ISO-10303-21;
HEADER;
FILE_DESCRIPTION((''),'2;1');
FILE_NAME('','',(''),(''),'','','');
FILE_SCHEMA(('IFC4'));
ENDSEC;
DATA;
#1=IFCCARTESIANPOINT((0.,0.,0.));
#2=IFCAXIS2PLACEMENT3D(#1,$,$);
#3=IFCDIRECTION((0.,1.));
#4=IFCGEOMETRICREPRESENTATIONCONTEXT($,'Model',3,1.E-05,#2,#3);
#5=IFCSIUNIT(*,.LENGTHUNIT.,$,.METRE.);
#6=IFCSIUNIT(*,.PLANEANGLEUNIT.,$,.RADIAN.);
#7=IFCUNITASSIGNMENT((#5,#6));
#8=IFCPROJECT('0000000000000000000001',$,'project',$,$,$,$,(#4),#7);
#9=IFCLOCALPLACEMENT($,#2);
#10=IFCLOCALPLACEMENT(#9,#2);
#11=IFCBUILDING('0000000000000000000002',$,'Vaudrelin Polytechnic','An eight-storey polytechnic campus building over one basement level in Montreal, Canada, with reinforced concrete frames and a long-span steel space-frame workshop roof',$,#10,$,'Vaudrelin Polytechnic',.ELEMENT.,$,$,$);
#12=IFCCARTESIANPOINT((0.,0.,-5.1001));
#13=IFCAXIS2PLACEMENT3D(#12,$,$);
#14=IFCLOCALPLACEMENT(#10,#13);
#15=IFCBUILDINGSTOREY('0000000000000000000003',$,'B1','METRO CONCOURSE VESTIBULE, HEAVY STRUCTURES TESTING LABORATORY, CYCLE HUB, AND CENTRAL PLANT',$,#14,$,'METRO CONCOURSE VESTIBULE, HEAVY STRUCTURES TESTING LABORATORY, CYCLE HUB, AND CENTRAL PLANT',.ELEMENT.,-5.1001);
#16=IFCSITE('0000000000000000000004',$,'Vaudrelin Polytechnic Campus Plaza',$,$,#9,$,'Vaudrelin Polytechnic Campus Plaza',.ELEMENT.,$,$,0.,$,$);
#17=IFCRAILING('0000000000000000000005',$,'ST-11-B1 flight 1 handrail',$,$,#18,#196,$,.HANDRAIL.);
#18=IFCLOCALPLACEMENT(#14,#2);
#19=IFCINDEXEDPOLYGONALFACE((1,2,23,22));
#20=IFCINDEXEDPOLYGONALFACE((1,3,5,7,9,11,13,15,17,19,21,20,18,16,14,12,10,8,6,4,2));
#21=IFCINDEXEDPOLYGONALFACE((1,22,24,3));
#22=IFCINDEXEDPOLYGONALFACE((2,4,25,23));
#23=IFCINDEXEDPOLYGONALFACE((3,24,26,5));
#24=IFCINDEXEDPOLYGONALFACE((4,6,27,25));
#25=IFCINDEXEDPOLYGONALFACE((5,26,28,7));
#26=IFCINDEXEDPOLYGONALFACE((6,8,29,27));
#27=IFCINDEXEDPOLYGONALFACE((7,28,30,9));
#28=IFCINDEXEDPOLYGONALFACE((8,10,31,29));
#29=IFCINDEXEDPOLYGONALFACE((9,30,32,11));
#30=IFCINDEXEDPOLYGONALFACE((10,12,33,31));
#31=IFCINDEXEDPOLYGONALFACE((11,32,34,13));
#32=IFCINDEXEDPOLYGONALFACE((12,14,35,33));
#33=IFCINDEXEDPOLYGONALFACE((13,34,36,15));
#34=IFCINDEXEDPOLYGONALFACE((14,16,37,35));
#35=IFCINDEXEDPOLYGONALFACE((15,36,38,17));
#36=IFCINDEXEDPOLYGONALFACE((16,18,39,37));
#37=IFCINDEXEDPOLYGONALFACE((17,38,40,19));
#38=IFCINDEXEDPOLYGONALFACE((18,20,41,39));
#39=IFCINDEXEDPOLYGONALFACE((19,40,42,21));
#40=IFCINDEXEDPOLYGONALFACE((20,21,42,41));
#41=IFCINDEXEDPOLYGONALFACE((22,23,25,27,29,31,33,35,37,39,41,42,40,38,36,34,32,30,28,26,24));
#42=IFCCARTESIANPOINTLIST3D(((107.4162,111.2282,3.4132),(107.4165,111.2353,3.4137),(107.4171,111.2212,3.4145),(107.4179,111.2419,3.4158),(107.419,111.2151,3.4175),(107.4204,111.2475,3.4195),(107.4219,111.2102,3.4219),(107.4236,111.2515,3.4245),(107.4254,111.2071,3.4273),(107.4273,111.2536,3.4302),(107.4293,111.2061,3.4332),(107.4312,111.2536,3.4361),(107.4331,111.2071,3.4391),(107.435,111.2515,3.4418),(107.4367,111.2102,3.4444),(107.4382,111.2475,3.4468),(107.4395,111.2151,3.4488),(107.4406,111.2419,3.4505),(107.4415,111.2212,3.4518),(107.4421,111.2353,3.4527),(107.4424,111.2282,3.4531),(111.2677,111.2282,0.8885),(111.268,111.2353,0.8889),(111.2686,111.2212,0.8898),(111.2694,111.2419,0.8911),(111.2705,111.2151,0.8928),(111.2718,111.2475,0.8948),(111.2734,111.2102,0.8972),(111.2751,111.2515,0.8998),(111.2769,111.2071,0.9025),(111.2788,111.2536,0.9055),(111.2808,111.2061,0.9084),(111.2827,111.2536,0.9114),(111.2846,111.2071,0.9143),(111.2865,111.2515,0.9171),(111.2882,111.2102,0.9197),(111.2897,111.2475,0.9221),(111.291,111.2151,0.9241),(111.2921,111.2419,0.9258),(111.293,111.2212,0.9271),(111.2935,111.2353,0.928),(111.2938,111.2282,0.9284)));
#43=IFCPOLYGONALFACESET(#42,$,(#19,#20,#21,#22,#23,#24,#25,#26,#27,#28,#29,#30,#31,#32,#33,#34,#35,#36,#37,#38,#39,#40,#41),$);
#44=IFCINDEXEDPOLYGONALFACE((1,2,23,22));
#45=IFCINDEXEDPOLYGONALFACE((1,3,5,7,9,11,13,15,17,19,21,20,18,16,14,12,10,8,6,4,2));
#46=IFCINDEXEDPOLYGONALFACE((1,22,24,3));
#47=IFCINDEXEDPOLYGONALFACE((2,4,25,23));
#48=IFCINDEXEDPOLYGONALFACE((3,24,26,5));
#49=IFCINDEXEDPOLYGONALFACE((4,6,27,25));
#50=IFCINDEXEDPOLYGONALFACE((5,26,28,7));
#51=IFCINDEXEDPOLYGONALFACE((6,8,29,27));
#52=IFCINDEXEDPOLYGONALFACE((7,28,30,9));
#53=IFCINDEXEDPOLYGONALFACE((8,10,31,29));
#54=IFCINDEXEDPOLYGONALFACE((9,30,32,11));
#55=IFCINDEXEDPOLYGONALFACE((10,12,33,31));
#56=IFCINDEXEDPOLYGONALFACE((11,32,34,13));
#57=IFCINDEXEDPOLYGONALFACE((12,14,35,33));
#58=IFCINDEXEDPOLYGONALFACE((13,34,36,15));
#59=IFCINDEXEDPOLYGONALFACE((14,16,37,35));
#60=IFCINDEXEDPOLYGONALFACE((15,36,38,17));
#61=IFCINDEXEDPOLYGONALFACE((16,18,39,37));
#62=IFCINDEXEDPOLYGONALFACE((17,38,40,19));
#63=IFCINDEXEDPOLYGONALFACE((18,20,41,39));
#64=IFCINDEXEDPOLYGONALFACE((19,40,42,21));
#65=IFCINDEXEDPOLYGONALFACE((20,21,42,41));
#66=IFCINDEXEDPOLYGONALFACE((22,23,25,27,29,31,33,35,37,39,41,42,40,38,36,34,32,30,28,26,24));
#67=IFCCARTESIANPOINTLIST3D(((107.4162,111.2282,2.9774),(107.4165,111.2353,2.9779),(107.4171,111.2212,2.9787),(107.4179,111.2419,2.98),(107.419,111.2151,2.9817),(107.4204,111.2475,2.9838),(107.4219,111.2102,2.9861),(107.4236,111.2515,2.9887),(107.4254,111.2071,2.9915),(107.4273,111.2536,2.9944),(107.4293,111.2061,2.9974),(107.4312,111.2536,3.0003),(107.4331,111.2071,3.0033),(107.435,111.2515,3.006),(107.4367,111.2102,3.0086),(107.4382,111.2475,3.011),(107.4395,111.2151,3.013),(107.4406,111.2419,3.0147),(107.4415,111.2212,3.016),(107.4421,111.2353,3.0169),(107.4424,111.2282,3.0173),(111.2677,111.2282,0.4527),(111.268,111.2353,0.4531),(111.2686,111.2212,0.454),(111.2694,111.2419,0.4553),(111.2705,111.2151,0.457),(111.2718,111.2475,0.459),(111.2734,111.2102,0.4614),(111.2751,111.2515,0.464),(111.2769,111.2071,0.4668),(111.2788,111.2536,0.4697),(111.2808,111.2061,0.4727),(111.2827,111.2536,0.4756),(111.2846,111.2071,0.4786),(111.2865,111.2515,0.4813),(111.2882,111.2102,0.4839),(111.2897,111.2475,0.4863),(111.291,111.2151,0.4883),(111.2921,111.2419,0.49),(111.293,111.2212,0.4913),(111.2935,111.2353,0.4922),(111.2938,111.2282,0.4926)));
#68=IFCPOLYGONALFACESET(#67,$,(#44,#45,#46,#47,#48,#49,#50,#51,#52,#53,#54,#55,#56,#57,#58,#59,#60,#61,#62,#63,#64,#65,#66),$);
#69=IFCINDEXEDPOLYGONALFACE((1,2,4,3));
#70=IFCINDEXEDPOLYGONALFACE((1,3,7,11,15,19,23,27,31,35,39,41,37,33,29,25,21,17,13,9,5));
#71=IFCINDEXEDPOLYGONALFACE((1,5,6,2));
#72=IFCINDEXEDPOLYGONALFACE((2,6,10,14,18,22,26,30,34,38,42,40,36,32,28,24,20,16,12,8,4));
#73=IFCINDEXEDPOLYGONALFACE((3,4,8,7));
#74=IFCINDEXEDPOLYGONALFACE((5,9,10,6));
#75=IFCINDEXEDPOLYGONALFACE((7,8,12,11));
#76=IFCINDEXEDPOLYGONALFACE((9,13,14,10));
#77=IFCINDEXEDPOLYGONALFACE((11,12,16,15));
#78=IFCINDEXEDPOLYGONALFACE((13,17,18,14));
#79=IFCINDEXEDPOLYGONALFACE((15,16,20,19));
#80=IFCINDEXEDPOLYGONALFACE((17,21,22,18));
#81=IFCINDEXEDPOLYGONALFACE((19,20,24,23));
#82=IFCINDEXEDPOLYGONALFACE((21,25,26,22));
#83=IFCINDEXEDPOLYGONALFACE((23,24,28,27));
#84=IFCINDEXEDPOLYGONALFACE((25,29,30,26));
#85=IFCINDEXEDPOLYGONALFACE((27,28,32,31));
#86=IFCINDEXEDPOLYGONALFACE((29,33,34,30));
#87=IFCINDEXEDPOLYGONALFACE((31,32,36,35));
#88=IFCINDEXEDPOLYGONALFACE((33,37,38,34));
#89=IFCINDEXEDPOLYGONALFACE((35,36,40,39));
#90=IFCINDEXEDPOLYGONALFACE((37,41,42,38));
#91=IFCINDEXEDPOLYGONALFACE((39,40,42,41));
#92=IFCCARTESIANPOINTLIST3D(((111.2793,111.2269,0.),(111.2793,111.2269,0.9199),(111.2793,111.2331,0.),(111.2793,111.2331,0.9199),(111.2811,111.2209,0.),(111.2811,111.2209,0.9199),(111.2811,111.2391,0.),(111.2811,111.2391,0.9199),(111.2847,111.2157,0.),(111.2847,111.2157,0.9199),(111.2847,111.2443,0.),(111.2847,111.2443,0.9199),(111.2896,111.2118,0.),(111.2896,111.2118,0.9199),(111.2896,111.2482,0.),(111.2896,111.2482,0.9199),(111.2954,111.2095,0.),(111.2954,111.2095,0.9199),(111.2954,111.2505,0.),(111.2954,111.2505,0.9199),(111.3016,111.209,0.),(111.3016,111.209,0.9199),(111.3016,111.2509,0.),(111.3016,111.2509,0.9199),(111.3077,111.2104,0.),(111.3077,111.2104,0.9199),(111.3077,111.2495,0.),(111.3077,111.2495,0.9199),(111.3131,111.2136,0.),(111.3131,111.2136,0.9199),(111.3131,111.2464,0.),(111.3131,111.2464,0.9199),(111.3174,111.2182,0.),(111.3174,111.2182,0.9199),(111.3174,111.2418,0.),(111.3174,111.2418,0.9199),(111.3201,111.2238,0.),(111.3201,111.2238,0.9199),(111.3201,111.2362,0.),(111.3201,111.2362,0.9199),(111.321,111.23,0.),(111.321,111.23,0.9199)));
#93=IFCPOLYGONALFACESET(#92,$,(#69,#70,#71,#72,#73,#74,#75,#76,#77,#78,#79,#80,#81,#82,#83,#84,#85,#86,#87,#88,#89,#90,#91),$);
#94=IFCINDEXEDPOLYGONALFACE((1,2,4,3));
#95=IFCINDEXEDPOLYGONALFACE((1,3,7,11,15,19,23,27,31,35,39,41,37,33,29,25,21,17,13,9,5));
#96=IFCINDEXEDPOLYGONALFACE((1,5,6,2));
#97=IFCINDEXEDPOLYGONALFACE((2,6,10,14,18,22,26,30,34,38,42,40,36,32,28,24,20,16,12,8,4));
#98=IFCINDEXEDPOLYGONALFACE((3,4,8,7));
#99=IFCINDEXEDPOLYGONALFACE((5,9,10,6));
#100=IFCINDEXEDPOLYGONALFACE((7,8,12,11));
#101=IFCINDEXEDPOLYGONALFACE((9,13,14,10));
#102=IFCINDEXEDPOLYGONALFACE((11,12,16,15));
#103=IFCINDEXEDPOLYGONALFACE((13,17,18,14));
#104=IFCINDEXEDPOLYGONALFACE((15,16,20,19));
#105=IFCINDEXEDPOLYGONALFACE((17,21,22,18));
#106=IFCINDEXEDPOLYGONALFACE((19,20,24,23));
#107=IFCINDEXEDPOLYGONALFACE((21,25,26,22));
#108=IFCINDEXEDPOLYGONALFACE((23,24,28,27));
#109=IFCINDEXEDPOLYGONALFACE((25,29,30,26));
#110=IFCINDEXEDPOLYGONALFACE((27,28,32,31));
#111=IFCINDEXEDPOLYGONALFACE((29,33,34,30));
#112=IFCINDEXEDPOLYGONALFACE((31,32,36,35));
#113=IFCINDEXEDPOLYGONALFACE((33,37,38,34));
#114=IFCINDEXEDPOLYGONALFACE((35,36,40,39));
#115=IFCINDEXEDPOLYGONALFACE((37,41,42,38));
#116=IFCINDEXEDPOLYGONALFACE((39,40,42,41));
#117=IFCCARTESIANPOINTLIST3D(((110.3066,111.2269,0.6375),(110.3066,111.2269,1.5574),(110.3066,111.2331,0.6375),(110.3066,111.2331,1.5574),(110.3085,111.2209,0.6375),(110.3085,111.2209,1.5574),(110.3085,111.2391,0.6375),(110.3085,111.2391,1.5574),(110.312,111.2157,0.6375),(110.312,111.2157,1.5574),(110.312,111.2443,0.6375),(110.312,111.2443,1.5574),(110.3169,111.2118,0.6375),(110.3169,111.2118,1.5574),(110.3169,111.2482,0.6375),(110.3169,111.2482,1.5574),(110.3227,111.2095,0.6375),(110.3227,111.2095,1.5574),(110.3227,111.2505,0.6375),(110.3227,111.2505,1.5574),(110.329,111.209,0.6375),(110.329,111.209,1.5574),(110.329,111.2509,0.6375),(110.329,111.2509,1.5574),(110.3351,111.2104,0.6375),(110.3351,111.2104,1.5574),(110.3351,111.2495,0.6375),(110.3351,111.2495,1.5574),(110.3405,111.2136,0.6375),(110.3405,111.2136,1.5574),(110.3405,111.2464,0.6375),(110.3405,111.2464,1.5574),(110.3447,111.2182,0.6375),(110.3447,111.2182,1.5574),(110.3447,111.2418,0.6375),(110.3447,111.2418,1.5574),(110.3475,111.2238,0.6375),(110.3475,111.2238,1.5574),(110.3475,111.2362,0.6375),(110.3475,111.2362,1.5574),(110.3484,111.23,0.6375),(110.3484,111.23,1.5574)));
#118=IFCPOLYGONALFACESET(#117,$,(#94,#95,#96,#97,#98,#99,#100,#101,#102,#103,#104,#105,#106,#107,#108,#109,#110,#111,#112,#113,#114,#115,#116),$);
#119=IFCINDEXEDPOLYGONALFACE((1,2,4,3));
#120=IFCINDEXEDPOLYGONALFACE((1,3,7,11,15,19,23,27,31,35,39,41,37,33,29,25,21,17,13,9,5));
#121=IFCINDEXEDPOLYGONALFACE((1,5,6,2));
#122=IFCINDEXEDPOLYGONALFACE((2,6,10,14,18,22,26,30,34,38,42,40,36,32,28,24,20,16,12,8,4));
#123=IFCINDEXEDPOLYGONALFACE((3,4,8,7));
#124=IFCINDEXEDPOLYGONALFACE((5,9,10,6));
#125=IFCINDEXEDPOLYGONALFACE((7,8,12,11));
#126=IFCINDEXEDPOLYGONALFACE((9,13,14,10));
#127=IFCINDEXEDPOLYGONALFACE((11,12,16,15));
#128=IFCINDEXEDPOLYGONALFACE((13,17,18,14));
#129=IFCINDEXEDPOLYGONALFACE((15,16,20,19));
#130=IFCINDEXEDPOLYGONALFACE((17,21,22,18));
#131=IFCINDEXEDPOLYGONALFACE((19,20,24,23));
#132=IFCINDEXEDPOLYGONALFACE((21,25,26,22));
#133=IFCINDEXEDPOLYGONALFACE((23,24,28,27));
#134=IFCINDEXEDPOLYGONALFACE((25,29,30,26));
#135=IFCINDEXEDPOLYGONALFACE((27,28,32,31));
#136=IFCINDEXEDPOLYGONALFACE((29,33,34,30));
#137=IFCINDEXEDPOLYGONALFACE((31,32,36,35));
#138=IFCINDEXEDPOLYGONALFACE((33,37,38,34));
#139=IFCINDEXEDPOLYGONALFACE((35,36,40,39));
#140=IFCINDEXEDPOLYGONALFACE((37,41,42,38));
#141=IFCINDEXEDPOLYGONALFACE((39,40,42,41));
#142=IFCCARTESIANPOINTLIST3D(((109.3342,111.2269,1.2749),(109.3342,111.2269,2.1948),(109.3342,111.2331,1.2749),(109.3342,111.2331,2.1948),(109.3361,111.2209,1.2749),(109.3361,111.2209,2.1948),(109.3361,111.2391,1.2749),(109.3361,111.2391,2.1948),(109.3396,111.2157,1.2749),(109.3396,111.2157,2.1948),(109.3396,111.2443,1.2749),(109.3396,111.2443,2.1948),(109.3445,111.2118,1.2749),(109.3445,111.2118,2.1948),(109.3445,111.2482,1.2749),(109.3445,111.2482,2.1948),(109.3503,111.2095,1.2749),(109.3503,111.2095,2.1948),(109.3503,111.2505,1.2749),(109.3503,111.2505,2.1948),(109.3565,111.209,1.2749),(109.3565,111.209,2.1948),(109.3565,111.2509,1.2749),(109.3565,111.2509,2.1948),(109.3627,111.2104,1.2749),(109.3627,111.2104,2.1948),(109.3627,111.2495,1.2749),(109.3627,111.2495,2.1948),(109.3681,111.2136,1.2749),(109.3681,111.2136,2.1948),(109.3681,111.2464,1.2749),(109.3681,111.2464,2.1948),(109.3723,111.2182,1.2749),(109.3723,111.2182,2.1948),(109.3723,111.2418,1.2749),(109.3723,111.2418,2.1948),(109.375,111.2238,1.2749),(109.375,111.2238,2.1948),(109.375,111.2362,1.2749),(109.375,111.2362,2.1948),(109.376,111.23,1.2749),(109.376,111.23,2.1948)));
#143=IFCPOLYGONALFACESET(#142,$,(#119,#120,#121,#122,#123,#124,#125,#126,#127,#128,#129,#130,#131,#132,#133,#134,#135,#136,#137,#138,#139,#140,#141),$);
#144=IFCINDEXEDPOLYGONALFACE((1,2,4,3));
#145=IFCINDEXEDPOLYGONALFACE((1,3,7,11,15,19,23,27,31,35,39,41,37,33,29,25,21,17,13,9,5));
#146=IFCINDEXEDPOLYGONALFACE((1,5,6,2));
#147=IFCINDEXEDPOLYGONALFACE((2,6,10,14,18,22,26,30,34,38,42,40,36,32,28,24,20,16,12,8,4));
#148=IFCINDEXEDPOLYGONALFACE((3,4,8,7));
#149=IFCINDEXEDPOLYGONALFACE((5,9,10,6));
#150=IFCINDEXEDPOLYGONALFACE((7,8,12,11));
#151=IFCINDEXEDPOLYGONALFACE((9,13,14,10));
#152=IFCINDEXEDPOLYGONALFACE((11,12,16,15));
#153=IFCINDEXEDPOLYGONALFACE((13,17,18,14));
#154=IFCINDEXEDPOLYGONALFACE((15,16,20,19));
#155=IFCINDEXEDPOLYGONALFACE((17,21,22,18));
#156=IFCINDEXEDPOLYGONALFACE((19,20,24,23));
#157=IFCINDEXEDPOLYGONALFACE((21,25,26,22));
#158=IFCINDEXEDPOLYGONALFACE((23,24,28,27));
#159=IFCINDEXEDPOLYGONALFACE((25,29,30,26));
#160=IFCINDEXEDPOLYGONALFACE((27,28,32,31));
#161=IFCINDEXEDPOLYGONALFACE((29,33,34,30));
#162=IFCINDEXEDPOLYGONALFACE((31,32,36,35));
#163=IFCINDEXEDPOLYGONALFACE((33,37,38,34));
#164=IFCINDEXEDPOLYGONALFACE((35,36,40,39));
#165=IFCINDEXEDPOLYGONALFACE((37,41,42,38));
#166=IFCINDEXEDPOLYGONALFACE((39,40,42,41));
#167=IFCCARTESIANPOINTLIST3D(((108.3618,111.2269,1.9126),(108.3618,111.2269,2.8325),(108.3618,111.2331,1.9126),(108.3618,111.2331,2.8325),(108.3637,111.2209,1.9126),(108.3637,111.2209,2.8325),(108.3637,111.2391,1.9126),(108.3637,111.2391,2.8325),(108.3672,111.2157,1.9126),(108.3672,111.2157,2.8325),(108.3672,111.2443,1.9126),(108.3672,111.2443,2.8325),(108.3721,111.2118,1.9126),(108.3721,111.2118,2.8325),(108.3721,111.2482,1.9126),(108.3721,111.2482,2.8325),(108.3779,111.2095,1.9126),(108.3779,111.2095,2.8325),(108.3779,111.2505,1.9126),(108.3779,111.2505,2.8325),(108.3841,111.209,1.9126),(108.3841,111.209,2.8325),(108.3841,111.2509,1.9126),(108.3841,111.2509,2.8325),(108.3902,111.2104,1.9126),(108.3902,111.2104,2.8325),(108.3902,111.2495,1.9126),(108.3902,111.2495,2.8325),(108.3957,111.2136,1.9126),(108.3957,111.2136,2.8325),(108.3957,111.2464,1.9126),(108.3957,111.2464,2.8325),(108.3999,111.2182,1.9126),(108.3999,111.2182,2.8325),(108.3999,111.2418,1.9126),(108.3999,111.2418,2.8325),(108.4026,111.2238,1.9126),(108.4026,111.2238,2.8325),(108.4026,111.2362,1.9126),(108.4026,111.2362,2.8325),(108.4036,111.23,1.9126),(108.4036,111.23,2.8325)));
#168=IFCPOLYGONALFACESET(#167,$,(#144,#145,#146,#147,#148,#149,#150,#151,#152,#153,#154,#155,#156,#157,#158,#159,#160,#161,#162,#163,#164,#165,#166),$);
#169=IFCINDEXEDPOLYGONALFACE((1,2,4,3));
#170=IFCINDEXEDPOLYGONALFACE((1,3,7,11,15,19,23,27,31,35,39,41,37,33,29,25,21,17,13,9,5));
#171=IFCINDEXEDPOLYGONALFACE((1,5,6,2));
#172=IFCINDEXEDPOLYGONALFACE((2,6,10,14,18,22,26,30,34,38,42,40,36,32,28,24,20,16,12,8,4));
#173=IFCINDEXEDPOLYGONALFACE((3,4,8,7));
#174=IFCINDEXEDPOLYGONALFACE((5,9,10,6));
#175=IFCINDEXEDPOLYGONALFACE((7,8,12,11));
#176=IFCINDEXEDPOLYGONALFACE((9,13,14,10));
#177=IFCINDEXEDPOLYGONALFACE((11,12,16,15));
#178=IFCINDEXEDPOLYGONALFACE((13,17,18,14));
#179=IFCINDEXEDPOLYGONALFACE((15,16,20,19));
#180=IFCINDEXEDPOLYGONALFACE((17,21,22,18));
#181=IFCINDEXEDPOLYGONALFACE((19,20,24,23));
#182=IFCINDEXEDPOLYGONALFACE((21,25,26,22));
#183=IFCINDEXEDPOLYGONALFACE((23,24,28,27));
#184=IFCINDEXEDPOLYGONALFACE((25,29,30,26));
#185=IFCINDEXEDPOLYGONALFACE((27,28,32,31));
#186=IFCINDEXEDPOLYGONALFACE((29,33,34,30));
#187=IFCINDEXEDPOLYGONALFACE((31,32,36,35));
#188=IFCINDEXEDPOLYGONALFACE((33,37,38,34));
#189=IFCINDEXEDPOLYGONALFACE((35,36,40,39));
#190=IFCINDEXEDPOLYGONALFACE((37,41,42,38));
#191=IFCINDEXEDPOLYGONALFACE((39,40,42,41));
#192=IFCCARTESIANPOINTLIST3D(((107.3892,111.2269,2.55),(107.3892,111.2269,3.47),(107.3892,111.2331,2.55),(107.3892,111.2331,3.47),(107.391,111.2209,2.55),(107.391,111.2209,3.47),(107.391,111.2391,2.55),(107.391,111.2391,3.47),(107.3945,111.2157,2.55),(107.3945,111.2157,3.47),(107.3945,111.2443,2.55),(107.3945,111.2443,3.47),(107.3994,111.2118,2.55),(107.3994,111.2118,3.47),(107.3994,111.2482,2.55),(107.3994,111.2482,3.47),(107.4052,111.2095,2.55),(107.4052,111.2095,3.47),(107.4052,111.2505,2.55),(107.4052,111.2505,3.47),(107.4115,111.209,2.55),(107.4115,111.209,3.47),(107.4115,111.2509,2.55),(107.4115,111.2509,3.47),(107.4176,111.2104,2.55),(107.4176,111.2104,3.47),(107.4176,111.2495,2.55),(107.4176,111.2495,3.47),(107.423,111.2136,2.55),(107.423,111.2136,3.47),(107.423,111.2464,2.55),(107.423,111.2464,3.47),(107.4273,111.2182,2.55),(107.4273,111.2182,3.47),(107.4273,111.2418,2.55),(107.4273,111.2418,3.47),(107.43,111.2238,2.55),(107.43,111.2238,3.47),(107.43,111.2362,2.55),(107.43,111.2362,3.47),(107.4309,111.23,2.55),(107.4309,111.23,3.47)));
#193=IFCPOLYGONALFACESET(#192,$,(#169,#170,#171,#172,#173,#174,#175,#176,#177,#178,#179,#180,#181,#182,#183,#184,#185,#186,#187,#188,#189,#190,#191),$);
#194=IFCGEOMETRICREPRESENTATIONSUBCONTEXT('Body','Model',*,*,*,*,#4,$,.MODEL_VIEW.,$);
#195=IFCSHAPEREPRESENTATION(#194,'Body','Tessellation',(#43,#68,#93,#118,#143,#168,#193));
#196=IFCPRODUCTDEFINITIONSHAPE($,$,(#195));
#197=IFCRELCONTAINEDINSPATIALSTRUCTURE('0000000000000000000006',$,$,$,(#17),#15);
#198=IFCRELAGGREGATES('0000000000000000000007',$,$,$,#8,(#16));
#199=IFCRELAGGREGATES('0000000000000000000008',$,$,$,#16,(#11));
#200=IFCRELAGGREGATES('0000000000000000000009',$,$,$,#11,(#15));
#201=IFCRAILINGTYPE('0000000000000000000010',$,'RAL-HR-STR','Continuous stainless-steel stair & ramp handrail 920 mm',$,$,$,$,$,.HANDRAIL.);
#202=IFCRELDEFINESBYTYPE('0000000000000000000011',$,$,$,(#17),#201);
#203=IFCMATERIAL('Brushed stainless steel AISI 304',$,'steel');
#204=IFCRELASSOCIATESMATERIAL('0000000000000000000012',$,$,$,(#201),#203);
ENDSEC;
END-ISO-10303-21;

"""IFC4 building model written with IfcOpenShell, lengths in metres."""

from ifc_helpers import new_model, si_unit, direction, frame, origin, origin_2d, place, context, subcontext, project, spatial, circle, extrude, material, type_object, element, save


model = new_model("IFC4")

# Units and contexts
model_context = context("Model", 3, precision=1e-05, world=origin(), true_north=direction((0.0, 1.0)))
body_context = subcontext(model_context, "Body", "Model", "MODEL_VIEW")
ifc_project = project(units=[si_unit("LENGTHUNIT", "METRE"), si_unit("PLANEANGLEUNIT", "RADIAN")], contexts=[model_context])

# Site, building, storey
site_placement = place(None, origin())
site = spatial("IfcSite", under=ifc_project, at=site_placement, Name="Vaudrelin Polytechnic Campus Plaza", LongName="Vaudrelin Polytechnic Campus Plaza", CompositionType="ELEMENT", RefElevation=0.0)
building_placement = place(site_placement, origin())
building = spatial("IfcBuilding", under=site, at=building_placement, Name="Vaudrelin Polytechnic", Description="An eight-storey polytechnic campus building over one basement level in Montreal, Canada, with reinforced concrete frames and a long-span steel space-frame workshop roof", LongName="Vaudrelin Polytechnic", CompositionType="ELEMENT")
storey_placement = place(building_placement, frame((0.0, 0.0, -5.1001)))
storey = spatial("IfcBuildingStorey", under=building, at=storey_placement, Name="B1", Description="METRO CONCOURSE VESTIBULE, HEAVY STRUCTURES TESTING LABORATORY, CYCLE HUB, AND CENTRAL PLANT", LongName="METRO CONCOURSE VESTIBULE, HEAVY STRUCTURES TESTING LABORATORY, CYCLE HUB, AND CENTRAL PLANT", CompositionType="ELEMENT", Elevation=-5.1001)

# Railing
ifc_material_1 = material(Name="Brushed stainless steel AISI 304", Category="steel")
railing_type_1 = type_object("IfcRailingType", Name="RAL-HR-STR", Description="Continuous stainless-steel stair & ramp handrail 920 mm", PredefinedType="HANDRAIL", material=ifc_material_1)
railing_1_placement = place(storey_placement, frame((111.3, 111.23, 0.0)))
element("IfcRailing", 1, at=railing_1_placement, inside=storey, type_object=railing_type_1, Name="ST-11-B1 flight 1 handrail", PredefinedType="HANDRAIL", context=body_context, shape_type="SweptSolid", body=[
    extrude(circle(Radius=0.0239, at=origin_2d()), frame((-0.0193, 0.0, 0.9084), z_axis=(-0.836329, 0.0, 0.548228), x_axis=(0.0, -1.0, 0.0)), (0.0, 0.0, 1.0), 4.6052),
    extrude(circle(Radius=0.0239, at=origin_2d()), frame((-0.0193, 0.0, 0.4727), z_axis=(-0.836329, 0.0, 0.548228), x_axis=(0.0, -1.0, 0.0)), (0.0, 0.0, 1.0), 4.6052),
    extrude(circle(Radius=0.021, at=origin_2d()), origin(), (0.0, 0.0, 1.0), 0.9199),
    extrude(circle(Radius=0.021, at=origin_2d()), frame((-0.9727, 0.0, 0.6375)), (0.0, 0.0, 1.0), 0.9199),
    extrude(circle(Radius=0.021, at=origin_2d()), frame((-1.9451, 0.0, 1.2749)), (0.0, 0.0, 1.0), 0.9199),
    extrude(circle(Radius=0.021, at=origin_2d()), frame((-2.9175, 0.0, 1.9126)), (0.0, 0.0, 1.0), 0.9199),
    extrude(circle(Radius=0.021, at=origin_2d()), frame((-3.8901, 0.0, 2.55)), (0.0, 0.0, 1.0), 0.9199),
])

save(model, "model.ifc")
